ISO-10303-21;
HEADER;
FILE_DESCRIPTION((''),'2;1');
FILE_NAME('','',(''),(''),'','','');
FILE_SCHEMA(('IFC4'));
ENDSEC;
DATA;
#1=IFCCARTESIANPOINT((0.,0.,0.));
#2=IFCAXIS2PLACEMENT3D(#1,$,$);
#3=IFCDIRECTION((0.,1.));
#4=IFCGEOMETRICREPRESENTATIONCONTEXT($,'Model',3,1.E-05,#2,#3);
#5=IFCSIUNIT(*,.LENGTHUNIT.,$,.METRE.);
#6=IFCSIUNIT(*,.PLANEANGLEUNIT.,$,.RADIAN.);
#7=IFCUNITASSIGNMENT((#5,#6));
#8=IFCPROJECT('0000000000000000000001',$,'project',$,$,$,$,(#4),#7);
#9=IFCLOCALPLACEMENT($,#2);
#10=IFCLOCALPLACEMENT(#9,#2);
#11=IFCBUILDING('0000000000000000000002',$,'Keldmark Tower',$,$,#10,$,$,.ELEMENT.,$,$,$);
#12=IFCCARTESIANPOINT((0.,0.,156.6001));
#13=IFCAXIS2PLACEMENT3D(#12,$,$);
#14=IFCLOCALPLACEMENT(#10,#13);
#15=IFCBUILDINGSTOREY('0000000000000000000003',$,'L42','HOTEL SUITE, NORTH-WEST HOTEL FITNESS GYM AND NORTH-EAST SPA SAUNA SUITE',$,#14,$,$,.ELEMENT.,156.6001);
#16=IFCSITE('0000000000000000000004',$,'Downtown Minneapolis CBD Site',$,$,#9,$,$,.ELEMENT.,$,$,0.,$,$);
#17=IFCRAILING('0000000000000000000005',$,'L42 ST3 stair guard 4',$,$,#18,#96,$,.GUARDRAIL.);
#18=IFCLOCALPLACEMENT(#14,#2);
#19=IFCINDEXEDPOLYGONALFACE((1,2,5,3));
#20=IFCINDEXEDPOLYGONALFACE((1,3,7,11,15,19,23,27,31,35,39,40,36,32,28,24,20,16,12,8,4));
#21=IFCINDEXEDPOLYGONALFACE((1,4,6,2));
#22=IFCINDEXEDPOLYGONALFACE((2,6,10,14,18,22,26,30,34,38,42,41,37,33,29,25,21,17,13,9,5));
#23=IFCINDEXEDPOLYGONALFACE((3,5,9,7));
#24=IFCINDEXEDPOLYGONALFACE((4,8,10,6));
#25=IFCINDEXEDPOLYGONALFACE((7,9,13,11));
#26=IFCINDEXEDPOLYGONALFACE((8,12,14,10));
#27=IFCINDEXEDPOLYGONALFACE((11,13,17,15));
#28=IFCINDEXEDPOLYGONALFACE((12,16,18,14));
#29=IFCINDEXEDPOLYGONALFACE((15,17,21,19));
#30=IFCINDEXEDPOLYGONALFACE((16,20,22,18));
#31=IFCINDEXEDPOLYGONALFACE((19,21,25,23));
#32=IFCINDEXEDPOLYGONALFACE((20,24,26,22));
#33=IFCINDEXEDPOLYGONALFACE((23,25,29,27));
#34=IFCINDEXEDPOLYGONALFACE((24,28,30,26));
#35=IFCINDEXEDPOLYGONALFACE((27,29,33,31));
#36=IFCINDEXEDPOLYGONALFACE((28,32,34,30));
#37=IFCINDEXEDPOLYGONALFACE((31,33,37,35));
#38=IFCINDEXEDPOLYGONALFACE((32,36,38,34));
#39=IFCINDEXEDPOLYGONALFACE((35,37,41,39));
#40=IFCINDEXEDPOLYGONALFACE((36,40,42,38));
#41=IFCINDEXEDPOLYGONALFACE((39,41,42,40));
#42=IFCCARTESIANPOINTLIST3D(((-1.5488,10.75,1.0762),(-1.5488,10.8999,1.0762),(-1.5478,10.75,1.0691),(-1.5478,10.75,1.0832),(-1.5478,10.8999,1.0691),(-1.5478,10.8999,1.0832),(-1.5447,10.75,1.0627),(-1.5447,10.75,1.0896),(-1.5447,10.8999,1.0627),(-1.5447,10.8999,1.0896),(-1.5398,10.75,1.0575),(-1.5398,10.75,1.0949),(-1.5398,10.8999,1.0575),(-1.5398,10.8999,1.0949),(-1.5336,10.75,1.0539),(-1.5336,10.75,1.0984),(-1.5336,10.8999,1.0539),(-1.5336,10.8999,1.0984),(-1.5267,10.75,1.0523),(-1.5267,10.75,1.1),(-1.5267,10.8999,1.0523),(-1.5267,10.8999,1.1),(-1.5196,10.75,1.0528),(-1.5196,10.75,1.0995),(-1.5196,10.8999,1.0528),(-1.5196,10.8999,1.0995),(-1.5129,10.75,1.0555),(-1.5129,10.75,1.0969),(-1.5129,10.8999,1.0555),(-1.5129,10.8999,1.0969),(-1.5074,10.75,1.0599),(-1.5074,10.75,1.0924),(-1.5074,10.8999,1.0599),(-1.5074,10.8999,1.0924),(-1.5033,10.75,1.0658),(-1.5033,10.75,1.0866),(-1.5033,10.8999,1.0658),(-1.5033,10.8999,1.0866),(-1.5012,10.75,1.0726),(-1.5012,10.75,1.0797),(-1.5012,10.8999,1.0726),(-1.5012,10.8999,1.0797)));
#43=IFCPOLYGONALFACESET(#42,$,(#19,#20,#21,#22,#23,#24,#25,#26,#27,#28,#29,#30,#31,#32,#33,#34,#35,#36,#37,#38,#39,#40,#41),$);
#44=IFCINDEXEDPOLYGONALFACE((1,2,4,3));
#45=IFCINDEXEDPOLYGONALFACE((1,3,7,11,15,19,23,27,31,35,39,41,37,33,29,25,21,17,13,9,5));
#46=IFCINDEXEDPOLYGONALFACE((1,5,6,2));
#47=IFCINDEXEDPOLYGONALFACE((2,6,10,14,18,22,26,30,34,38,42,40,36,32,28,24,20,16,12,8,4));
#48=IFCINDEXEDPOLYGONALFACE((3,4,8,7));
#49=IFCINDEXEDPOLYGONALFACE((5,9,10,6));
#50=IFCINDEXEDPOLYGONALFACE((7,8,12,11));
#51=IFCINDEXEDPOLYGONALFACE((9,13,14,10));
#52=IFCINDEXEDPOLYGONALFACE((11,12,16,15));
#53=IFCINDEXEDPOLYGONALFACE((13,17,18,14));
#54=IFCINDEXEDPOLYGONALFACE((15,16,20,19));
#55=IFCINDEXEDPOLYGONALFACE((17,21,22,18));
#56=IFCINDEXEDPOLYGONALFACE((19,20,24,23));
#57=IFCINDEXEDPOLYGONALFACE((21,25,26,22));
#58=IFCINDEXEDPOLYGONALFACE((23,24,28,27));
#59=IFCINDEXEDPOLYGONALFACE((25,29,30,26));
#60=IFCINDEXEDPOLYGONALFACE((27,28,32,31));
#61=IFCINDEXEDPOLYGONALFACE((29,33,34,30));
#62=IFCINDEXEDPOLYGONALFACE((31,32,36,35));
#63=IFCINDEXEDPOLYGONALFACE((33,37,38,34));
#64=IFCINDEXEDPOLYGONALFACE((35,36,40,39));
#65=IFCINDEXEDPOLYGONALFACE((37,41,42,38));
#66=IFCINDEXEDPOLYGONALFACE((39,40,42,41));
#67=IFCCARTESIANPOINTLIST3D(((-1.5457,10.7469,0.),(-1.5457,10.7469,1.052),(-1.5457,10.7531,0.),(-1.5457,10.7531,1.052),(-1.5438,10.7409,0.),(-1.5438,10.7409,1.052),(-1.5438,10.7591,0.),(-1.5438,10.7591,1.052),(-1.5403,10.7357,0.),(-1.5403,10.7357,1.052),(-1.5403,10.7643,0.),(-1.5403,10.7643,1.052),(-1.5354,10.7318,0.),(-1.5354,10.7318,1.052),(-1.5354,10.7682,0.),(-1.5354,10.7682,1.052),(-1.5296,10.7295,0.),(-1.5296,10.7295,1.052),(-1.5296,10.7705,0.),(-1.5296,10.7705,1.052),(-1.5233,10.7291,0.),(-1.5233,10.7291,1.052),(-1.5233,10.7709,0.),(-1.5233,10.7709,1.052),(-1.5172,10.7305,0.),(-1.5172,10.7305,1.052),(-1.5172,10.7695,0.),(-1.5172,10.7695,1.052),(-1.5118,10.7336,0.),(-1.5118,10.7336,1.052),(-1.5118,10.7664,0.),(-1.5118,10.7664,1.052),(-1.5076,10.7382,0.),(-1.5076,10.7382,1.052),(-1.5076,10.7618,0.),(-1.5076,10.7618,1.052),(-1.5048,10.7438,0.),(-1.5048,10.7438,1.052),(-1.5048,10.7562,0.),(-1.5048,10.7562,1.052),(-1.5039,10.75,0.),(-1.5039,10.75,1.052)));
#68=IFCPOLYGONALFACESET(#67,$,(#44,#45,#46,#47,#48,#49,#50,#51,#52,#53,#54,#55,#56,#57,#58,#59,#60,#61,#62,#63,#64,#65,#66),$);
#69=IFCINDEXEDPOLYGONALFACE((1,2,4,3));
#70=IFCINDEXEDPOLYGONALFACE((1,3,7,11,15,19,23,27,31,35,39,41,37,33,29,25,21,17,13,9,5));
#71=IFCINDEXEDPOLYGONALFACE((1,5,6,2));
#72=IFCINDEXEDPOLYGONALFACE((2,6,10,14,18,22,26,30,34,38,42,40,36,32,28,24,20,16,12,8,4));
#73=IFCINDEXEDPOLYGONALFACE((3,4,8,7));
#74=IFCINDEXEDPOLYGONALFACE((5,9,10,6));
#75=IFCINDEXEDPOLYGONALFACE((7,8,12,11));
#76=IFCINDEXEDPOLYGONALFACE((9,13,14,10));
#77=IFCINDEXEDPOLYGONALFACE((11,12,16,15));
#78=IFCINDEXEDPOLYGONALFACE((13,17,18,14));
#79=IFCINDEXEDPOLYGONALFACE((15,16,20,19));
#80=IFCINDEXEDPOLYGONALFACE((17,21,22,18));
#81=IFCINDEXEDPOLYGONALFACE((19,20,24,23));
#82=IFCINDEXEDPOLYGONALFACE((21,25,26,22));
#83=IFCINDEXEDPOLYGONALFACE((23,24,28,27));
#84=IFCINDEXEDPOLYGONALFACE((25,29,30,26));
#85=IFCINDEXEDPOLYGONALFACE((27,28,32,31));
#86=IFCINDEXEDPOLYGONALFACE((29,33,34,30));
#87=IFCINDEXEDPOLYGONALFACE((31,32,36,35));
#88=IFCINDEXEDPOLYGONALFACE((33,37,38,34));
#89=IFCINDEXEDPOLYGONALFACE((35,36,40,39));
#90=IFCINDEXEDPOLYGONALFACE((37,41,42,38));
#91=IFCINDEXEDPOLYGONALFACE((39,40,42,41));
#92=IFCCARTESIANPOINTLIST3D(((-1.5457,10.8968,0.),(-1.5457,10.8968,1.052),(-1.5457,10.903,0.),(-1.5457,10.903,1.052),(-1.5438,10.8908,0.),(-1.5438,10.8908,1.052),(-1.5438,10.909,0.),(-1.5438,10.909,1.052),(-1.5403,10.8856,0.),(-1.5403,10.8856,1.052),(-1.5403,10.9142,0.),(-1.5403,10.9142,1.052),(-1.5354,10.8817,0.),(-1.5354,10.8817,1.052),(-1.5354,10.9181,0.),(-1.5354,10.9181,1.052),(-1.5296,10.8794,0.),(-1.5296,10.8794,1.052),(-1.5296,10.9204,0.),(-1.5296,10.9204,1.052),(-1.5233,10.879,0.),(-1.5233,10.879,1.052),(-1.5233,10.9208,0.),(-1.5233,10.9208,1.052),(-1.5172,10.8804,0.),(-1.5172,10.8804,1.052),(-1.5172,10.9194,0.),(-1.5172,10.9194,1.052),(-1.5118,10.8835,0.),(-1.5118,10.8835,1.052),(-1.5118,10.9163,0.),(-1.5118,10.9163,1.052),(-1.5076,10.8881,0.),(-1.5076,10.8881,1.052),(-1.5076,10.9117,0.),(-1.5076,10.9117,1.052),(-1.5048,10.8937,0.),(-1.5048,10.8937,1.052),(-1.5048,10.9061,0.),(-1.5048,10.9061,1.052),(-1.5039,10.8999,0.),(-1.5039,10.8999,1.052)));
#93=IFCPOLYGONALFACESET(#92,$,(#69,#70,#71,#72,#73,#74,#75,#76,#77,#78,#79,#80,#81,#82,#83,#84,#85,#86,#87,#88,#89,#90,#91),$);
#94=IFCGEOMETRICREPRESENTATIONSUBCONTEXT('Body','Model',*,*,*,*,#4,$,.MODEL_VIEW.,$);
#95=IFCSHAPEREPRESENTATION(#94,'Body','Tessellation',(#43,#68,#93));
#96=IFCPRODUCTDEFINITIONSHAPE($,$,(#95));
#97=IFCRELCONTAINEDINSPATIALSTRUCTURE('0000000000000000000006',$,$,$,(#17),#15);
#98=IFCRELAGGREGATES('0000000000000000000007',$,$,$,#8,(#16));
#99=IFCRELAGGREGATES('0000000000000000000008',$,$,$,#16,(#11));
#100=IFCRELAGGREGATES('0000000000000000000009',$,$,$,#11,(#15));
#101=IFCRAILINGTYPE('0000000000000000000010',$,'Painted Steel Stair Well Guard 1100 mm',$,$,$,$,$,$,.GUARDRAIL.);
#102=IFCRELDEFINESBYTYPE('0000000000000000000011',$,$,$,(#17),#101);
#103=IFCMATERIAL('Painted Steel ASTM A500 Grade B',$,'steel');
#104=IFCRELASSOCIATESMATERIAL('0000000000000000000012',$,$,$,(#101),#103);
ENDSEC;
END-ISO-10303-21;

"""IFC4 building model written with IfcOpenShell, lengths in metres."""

from ifc_helpers import new_model, si_unit, direction, frame, origin, origin_2d, place, context, subcontext, project, spatial, circle, extrude, material, type_object, element, save


model = new_model("IFC4")

# Units and contexts
model_context = context("Model", 3, precision=1e-05, world=origin(), true_north=direction((0.0, 1.0)))
body_context = subcontext(model_context, "Body", "Model", "MODEL_VIEW")
ifc_project = project(units=[si_unit("LENGTHUNIT", "METRE"), si_unit("PLANEANGLEUNIT", "RADIAN")], contexts=[model_context])

# Site, building, storey
site_placement = place(None, origin())
site = spatial("IfcSite", under=ifc_project, at=site_placement, Name="Downtown Minneapolis CBD Site", CompositionType="ELEMENT", RefElevation=0.0)
building_placement = place(site_placement, origin())
building = spatial("IfcBuilding", under=site, at=building_placement, Name="Keldmark Tower", CompositionType="ELEMENT")
storey_placement = place(building_placement, frame((0.0, 0.0, 156.6001)))
storey = spatial("IfcBuildingStorey", under=building, at=storey_placement, Name="L42", Description="HOTEL SUITE, NORTH-WEST HOTEL FITNESS GYM AND NORTH-EAST SPA SAUNA SUITE", CompositionType="ELEMENT", Elevation=156.6001)

# Railing
ifc_material_1 = material(Name="Painted Steel ASTM A500 Grade B", Category="steel")
railing_type_1 = type_object("IfcRailingType", Name="Painted Steel Stair Well Guard 1100 mm", PredefinedType="GUARDRAIL", material=ifc_material_1)
railing_1_placement = place(storey_placement, frame((-1.5249, 10.75, 0.0)))
element("IfcRailing", 1, at=railing_1_placement, inside=storey, type_object=railing_type_1, Name="L42 ST3 stair guard 4", PredefinedType="GUARDRAIL", context=body_context, shape_type="SweptSolid", body=[
    extrude(circle(Radius=0.0239, at=origin_2d()), frame((0.0, 0.0, 1.0762), z_axis=(0.0, 1.0, 0.0), x_axis=(-1.0, 0.0, 0.0)), (0.0, 0.0, 1.0), 0.1499),
    extrude(circle(Radius=0.021, at=origin_2d()), origin(), (0.0, 0.0, 1.0), 1.052),
    extrude(circle(Radius=0.021, at=origin_2d()), frame((0.0, 0.1499, 0.0)), (0.0, 0.0, 1.0), 1.052),
])

save(model, "model.ifc")
